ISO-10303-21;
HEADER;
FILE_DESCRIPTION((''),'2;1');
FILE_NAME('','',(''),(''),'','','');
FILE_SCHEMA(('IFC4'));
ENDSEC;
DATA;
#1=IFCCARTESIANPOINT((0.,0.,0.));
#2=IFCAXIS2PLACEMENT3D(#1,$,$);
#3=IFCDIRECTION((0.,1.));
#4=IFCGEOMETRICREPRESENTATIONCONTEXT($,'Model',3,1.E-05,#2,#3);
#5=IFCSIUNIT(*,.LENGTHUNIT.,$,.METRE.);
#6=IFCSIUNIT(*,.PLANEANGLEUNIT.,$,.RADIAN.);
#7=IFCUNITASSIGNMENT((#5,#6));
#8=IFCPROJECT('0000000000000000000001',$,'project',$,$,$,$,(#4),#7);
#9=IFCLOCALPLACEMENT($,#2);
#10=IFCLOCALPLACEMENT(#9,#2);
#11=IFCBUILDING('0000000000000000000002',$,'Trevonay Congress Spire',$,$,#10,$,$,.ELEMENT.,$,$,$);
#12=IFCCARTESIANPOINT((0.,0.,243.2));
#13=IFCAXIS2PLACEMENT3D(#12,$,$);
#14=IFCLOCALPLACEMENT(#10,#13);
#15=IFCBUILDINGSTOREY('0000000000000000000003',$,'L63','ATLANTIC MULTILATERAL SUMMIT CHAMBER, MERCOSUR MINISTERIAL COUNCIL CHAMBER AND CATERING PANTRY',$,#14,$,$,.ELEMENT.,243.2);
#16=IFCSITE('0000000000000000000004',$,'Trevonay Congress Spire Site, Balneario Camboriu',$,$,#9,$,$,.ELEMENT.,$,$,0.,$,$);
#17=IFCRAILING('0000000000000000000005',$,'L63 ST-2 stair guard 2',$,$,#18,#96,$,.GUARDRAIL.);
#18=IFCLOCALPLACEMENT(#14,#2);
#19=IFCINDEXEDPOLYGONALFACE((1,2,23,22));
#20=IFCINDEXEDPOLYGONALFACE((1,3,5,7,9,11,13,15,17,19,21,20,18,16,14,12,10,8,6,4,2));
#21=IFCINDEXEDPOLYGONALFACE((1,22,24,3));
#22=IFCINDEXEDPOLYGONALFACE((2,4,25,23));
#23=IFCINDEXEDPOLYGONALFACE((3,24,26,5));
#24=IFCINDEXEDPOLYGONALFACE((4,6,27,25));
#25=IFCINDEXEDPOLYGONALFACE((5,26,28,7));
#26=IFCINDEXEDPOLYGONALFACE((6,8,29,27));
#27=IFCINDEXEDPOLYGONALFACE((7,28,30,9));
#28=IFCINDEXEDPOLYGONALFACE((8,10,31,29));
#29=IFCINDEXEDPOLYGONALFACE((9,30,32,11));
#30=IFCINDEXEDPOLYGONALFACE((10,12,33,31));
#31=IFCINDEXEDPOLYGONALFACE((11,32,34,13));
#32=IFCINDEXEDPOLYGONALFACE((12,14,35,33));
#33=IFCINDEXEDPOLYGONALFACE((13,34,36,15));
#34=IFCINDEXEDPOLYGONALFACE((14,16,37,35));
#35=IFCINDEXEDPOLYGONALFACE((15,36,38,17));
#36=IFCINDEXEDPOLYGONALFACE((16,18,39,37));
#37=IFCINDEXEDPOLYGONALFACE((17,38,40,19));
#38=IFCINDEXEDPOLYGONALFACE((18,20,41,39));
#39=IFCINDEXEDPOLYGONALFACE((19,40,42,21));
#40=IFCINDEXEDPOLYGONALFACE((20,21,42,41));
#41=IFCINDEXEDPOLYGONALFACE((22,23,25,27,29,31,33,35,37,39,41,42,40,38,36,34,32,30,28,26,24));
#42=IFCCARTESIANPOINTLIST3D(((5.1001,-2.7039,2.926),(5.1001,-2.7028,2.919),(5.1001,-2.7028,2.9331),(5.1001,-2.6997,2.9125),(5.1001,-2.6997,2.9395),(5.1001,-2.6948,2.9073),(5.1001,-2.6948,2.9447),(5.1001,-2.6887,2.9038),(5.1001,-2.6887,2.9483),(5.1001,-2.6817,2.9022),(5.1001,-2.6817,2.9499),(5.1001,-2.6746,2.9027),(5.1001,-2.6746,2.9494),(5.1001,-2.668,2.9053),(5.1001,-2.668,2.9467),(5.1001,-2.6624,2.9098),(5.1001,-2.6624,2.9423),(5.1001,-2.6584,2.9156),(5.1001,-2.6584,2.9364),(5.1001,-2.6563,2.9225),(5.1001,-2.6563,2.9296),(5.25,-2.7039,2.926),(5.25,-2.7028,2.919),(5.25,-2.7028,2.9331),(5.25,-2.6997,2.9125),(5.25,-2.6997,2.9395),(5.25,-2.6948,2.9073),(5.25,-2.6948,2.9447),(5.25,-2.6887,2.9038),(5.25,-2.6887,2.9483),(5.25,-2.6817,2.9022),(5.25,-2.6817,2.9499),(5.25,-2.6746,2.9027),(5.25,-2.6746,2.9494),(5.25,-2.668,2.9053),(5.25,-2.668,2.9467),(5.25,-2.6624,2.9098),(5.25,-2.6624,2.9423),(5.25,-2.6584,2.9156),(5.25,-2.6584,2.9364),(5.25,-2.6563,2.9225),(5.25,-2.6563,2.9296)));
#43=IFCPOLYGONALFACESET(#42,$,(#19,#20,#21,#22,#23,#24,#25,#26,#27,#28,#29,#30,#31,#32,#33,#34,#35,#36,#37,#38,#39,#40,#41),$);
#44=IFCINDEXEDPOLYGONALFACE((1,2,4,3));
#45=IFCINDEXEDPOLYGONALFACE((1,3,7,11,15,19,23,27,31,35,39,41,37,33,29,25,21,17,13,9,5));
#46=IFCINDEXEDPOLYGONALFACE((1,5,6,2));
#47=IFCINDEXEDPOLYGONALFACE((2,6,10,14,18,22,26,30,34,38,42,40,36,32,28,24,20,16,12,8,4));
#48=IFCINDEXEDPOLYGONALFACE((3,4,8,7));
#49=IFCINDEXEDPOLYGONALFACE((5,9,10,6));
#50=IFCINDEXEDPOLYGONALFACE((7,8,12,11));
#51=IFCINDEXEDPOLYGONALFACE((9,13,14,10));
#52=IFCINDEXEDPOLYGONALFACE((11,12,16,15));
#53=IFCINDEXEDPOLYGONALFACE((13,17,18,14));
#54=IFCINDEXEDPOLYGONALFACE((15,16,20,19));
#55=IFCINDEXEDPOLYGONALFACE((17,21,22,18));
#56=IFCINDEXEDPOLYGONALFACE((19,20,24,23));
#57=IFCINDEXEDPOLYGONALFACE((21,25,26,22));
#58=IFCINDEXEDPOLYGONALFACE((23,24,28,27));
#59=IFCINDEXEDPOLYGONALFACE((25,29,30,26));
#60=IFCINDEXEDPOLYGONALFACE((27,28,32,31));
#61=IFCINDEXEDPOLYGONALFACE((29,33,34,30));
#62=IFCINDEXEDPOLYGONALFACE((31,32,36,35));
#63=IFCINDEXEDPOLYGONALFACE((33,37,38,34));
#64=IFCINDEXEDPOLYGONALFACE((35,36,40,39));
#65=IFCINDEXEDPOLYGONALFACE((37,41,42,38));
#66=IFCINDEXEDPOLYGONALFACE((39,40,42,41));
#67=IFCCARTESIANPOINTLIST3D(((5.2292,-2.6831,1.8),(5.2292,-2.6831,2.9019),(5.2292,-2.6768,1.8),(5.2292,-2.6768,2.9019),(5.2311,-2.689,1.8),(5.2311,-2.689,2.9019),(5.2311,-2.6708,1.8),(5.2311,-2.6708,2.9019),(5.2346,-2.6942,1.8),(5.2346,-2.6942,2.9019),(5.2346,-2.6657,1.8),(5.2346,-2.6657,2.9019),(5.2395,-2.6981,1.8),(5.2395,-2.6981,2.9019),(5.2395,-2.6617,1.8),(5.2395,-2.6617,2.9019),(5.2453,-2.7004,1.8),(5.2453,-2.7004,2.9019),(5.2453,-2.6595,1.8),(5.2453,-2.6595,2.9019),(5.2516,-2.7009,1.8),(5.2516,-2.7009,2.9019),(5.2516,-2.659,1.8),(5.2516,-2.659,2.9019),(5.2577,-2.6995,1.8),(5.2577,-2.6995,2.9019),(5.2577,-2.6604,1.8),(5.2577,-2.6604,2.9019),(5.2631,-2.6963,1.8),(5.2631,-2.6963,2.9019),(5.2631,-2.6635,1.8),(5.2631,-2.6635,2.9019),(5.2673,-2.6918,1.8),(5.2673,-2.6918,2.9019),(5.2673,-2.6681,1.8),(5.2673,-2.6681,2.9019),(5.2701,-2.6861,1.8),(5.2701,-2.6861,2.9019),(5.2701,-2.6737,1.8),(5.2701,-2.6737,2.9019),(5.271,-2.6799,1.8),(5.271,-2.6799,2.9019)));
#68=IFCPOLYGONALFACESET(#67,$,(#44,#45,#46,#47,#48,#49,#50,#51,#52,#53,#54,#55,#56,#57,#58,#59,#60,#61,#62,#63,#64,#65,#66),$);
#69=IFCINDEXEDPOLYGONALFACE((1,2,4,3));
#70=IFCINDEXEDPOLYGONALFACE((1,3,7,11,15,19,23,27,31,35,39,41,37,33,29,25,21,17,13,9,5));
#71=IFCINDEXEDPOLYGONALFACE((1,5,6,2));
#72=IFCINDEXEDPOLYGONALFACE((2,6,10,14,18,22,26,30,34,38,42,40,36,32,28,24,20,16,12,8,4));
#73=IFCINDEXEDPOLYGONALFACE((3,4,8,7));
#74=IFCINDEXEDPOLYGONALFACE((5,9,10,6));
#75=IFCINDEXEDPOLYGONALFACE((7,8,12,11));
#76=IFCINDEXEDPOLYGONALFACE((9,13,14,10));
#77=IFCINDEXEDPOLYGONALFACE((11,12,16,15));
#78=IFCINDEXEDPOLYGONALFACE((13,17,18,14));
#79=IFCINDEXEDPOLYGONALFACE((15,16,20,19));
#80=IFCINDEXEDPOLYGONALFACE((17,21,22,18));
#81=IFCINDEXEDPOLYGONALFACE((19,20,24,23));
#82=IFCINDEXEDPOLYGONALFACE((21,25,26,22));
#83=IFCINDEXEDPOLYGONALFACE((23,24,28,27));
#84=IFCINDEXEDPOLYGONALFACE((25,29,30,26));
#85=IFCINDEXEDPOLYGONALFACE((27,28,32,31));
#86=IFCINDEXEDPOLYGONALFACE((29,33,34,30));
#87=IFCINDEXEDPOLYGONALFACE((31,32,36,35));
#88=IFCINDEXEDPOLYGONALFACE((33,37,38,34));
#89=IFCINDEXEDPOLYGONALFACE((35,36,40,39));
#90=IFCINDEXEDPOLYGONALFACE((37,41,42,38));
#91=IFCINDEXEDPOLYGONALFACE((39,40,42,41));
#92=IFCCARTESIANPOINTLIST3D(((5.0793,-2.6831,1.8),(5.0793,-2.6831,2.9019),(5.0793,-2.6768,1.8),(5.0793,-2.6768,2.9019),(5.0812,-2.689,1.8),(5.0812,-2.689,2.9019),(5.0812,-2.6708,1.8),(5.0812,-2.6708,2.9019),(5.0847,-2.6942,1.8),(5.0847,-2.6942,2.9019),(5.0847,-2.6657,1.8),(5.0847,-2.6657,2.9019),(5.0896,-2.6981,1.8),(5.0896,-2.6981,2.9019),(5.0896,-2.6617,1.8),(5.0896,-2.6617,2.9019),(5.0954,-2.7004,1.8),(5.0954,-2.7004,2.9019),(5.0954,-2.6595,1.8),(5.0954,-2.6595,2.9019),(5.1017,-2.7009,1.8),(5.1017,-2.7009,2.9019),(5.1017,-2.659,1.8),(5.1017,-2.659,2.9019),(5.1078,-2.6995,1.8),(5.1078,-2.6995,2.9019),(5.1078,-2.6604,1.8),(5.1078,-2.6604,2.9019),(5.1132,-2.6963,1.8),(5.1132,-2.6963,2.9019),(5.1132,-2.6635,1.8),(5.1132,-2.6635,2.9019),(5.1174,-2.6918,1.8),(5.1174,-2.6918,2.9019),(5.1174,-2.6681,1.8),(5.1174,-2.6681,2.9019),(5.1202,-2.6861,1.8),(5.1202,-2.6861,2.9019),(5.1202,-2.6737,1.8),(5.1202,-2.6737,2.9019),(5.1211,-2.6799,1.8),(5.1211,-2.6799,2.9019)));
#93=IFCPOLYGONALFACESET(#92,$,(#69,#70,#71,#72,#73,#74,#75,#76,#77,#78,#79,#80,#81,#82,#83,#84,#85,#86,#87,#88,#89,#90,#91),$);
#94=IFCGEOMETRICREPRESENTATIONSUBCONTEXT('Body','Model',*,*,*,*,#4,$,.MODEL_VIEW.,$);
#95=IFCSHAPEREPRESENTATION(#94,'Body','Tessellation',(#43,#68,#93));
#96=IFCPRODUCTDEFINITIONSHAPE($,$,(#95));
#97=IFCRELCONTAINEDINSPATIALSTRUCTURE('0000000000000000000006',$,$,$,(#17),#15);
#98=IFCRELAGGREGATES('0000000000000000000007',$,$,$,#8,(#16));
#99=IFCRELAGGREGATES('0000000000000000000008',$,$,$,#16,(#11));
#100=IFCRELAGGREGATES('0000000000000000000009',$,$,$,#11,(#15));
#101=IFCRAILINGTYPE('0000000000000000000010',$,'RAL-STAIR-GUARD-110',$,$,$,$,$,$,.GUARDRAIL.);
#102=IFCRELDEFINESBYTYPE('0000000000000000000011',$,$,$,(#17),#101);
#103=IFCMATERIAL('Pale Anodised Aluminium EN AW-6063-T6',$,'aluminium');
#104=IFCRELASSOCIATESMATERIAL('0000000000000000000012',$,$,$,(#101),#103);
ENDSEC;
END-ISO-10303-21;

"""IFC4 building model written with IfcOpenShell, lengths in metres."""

from ifc_helpers import new_model, si_unit, direction, frame, origin, origin_2d, place, context, subcontext, project, spatial, circle, extrude, material, type_object, element, save


model = new_model("IFC4")

# Units and contexts
model_context = context("Model", 3, precision=1e-05, world=origin(), true_north=direction((0.0, 1.0)))
body_context = subcontext(model_context, "Body", "Model", "MODEL_VIEW")
ifc_project = project(units=[si_unit("LENGTHUNIT", "METRE"), si_unit("PLANEANGLEUNIT", "RADIAN")], contexts=[model_context])

# Site, building, storey
site_placement = place(None, origin())
site = spatial("IfcSite", under=ifc_project, at=site_placement, Name="Trevonay Congress Spire Site, Balneario Camboriu", CompositionType="ELEMENT", RefElevation=0.0)
building_placement = place(site_placement, origin())
building = spatial("IfcBuilding", under=site, at=building_placement, Name="Trevonay Congress Spire", CompositionType="ELEMENT")
storey_placement = place(building_placement, frame((0.0, 0.0, 243.2)))
storey = spatial("IfcBuildingStorey", under=building, at=storey_placement, Name="L63", Description="ATLANTIC MULTILATERAL SUMMIT CHAMBER, MERCOSUR MINISTERIAL COUNCIL CHAMBER AND CATERING PANTRY", CompositionType="ELEMENT", Elevation=243.2)

# Shared definitions
ifc_material_1 = material(Name="Pale Anodised Aluminium EN AW-6063-T6", Category="aluminium")

# Railing
railing_type_1 = type_object("IfcRailingType", Name="RAL-STAIR-GUARD-110", PredefinedType="GUARDRAIL", material=ifc_material_1)
railing_1_placement = place(storey_placement, frame((5.25, -2.6799, 1.8)))
element("IfcRailing", 1, at=railing_1_placement, inside=storey, type_object=railing_type_1, Name="L63 ST-2 stair guard 2", PredefinedType="GUARDRAIL", context=body_context, shape_type="SweptSolid", body=[
    extrude(circle(Radius=0.0239, at=origin_2d()), frame((0.0, 0.0, 1.126), z_axis=(-1.0, 0.0, 0.0), x_axis=(0.0, -1.0, 0.0)), (0.0, 0.0, 1.0), 0.1499),
    extrude(circle(Radius=0.021, at=origin_2d()), origin(), (0.0, 0.0, 1.0), 1.1018),
    extrude(circle(Radius=0.021, at=origin_2d()), frame((-0.1499, 0.0, 0.0)), (0.0, 0.0, 1.0), 1.1018),
])

save(model, "model.ifc")
